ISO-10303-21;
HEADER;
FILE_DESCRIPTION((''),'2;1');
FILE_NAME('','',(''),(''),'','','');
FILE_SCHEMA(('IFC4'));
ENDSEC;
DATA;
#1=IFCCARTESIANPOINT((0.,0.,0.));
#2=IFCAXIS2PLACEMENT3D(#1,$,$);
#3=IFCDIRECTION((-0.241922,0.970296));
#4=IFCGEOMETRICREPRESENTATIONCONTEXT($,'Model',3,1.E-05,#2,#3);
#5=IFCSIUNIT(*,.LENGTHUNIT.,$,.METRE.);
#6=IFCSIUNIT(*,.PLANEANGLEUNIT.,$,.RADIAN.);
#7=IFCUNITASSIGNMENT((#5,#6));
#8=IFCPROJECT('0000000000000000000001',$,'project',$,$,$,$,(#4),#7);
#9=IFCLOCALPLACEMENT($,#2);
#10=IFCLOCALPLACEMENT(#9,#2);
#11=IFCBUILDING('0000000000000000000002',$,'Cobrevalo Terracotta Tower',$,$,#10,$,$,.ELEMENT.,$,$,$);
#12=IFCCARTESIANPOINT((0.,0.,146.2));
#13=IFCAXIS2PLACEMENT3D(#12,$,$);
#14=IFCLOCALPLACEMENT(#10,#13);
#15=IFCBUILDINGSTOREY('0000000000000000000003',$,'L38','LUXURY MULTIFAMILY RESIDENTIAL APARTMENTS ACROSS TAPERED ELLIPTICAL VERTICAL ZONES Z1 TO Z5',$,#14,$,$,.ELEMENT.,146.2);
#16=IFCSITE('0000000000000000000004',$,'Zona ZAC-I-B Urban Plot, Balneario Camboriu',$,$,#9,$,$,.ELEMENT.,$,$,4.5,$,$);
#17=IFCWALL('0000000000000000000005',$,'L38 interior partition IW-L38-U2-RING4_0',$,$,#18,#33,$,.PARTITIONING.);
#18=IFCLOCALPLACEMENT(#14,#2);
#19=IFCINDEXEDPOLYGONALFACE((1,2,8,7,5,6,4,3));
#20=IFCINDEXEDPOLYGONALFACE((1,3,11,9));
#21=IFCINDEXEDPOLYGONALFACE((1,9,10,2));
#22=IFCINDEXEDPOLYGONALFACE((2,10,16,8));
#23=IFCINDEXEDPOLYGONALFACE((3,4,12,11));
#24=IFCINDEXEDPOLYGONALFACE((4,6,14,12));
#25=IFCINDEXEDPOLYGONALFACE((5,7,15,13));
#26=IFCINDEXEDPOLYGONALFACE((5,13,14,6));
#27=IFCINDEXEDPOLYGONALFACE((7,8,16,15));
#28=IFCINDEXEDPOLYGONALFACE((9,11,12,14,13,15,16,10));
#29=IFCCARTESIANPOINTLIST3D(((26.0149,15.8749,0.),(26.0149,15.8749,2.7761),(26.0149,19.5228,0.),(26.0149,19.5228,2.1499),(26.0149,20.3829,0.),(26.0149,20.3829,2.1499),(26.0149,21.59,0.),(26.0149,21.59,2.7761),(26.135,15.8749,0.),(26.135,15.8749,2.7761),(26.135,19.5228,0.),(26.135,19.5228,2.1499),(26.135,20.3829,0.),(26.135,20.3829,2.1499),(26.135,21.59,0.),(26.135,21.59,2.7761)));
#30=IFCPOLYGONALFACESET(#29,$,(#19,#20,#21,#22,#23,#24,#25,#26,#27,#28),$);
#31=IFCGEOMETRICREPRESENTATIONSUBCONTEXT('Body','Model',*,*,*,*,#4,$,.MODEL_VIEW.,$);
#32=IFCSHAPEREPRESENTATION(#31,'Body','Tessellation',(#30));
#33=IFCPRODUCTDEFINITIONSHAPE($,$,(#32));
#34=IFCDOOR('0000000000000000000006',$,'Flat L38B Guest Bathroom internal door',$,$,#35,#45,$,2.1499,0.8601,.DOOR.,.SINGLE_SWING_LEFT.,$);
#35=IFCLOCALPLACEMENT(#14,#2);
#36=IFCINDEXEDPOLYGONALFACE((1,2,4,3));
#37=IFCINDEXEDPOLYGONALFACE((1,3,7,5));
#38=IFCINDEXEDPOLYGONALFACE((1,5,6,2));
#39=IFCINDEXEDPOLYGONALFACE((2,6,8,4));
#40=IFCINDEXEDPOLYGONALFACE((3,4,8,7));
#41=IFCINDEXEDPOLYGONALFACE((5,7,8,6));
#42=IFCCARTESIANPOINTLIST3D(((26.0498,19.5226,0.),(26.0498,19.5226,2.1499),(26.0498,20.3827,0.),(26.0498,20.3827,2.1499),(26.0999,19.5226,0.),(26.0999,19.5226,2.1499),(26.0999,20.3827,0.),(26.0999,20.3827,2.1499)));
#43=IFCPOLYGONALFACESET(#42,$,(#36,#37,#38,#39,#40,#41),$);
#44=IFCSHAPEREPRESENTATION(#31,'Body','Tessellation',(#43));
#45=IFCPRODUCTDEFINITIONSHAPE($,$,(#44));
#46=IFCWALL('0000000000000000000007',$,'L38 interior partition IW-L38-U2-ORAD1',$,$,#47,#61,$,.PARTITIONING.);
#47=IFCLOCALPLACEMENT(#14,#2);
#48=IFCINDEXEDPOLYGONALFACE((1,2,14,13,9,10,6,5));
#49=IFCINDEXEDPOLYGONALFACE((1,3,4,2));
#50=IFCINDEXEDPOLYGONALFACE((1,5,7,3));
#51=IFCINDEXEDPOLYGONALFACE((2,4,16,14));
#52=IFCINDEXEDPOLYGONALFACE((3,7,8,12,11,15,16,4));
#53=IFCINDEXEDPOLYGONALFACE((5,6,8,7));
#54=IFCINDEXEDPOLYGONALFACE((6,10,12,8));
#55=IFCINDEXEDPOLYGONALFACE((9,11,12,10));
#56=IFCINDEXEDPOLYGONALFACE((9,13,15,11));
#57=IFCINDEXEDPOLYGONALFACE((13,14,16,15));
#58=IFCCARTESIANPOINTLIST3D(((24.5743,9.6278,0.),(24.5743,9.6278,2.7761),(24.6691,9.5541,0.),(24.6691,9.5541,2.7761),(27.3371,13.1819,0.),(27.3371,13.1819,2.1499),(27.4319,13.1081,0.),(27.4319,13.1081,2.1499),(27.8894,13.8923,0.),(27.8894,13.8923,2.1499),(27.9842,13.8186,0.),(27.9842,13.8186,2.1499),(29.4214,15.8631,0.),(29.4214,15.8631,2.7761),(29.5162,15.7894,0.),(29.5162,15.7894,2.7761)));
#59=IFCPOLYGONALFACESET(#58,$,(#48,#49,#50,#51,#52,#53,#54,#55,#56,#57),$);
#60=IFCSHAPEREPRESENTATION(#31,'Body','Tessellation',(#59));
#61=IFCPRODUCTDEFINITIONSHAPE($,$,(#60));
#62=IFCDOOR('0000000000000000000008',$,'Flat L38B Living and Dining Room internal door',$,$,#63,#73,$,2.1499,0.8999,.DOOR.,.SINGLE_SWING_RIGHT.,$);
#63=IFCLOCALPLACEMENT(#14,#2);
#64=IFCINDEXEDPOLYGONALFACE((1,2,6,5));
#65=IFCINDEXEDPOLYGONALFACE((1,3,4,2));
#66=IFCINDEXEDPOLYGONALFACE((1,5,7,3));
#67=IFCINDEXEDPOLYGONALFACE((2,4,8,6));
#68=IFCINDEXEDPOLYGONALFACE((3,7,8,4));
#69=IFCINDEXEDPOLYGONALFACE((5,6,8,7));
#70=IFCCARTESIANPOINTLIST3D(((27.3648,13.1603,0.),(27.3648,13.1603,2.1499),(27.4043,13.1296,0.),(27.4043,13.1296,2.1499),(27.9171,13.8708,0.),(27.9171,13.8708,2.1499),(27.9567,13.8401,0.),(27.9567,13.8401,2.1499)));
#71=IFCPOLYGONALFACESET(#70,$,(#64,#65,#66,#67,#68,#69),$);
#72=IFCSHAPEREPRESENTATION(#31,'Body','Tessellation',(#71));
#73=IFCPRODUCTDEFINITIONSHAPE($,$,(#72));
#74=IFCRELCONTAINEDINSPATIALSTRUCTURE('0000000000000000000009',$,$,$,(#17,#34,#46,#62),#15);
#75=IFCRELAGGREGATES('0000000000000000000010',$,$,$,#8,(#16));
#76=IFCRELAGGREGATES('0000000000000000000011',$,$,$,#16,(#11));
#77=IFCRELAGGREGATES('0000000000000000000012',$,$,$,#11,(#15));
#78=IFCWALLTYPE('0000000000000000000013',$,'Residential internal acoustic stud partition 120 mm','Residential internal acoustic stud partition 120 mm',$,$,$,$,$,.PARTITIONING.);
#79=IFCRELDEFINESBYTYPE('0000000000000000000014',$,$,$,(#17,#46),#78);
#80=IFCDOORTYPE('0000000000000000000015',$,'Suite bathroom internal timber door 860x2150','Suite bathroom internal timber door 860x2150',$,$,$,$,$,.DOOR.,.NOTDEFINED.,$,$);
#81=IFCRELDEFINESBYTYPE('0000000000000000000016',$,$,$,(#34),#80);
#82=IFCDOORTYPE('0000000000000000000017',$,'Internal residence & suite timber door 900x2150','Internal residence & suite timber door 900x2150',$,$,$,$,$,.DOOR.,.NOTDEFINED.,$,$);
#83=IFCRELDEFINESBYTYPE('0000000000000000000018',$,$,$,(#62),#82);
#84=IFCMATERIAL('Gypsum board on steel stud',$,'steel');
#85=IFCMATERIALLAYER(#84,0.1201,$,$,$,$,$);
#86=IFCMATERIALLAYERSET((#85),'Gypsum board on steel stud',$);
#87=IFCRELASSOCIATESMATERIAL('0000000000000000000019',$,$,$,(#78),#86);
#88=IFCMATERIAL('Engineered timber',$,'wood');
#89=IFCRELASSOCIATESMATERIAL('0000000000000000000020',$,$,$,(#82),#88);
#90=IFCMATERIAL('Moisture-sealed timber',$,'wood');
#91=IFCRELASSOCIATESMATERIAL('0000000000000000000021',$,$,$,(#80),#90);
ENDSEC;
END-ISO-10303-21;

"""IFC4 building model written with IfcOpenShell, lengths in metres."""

from ifc_helpers import new_model, si_unit, direction, frame, frame_2d, origin, place, context, subcontext, project, spatial, rectangle, extrude, source, transform, mapped, material, layer, layer_set, type_object, element, fill, save


model = new_model("IFC4")

# Units and contexts
model_context = context("Model", 3, precision=1e-05, world=origin(), true_north=direction((-0.241922, 0.970296)))
body_context = subcontext(model_context, "Body", "Model", "MODEL_VIEW")
ifc_project = project(units=[si_unit("LENGTHUNIT", "METRE"), si_unit("PLANEANGLEUNIT", "RADIAN")], contexts=[model_context])

# Site, building, storey
site_placement = place(None, origin())
site = spatial("IfcSite", under=ifc_project, at=site_placement, Name="Zona ZAC-I-B Urban Plot, Balneario Camboriu", CompositionType="ELEMENT", RefElevation=4.5)
building_placement = place(site_placement, origin())
building = spatial("IfcBuilding", under=site, at=building_placement, Name="Cobrevalo Terracotta Tower", CompositionType="ELEMENT")
storey_placement = place(building_placement, frame((0.0, 0.0, 146.2)))
storey = spatial("IfcBuildingStorey", under=building, at=storey_placement, Name="L38", Description="LUXURY MULTIFAMILY RESIDENTIAL APARTMENTS ACROSS TAPERED ELLIPTICAL VERTICAL ZONES Z1 TO Z5", CompositionType="ELEMENT", Elevation=146.2)

# Shared definitions
ifc_material_1 = material(Name="Gypsum board on steel stud", Category="steel")
ifc_layer_1 = layer(ifc_material_1, 0.1201)
ifc_layer_set_1 = layer_set([ifc_layer_1], Name="Gypsum board on steel stud")
wall_type_1 = type_object("IfcWallType", Name="Residential internal acoustic stud partition 120 mm", Description="Residential internal acoustic stud partition 120 mm", PredefinedType="PARTITIONING", material=ifc_layer_set_1)

# Walls, openings, doors
ifc_material_2 = material(Name="Engineered timber", Category="wood")
door_type_1 = type_object("IfcDoorType", Name="Internal residence & suite timber door 900x2150", Description="Internal residence & suite timber door 900x2150", OperationType="NOTDEFINED", PredefinedType="DOOR", material=ifc_material_2)
shared_shape_1 = source(origin(), body_context, "Body", "SweptSolid", [
    extrude(rectangle(XDim=0.8999, YDim=2.1499, at=frame_2d((0.45, 1.075))), frame((0.0, 0.0249, 0.0), z_axis=(0.0, -1.0, 0.0), x_axis=(1.0, 0.0, 0.0)), (0.0, 0.0, 1.0), 0.05),
])
wall_1_placement = place(storey_placement, frame((26.075, 15.875, 0.0), z_axis=(0.0, 0.0, 1.0), x_axis=(0.0, 1.0, 0.0)))
wall_1 = element("IfcWall", 1, at=wall_1_placement, inside=storey, type_object=wall_type_1, Name="L38 interior partition IW-L38-U2-RING4_0", PredefinedType="PARTITIONING", context=body_context, shape_type="SweptSolid", body=[
    extrude(rectangle(XDim=5.7151, YDim=0.1201, at=frame_2d((2.8574, 0.0))), origin(), (0.0, 0.0, 1.0), 2.7761),
])
opening_1_placement = place(wall_1_placement, frame((3.6477, 0.0, 0.0)))
opening_1 = element("IfcOpeningElement", 2, at=opening_1_placement, cuts=wall_1, PredefinedType="OPENING", context=body_context, shape_type="SweptSolid", body=[
    extrude(rectangle(XDim=0.8601, YDim=2.1499, at=frame_2d((0.4302, 1.075))), frame((0.0, 0.0701, 0.0), z_axis=(0.0, -1.0, 0.0), x_axis=(1.0, 0.0, 0.0)), (0.0, 0.0, 1.0), 0.1401),
])
ifc_material_3 = material(Name="Moisture-sealed timber", Category="wood")
door_type_2 = type_object("IfcDoorType", Name="Suite bathroom internal timber door 860x2150", Description="Suite bathroom internal timber door 860x2150", OperationType="NOTDEFINED", PredefinedType="DOOR", material=ifc_material_3)
shared_shape_2 = source(origin(), body_context, "Body", "SweptSolid", [
    extrude(rectangle(XDim=0.8601, YDim=2.1499, at=frame_2d((0.4302, 1.075))), frame((0.0, 0.0249, 0.0), z_axis=(0.0, -1.0, 0.0), x_axis=(1.0, 0.0, 0.0)), (0.0, 0.0, 1.0), 0.05),
])
door_1_placement = place(opening_1_placement, frame((0.8601, 0.0, 0.0), z_axis=(0.0, 0.0, 1.0), x_axis=(-1.0, 0.0, 0.0)))
door_1 = element("IfcDoor", 3, at=door_1_placement, inside=storey, type_object=door_type_2, Name="Flat L38B Guest Bathroom internal door", OperationType="SINGLE_SWING_LEFT", OverallHeight=2.1499, OverallWidth=0.8601, PredefinedType="DOOR", context=body_context, shape_type="MappedRepresentation", body=[
    mapped(shared_shape_2, transform((0.0, 0.0, 0.0), scale=1.0)),
])
fill(opening_1, door_1)
wall_2_placement = place(storey_placement, frame((29.4688, 15.8262, 0.0), z_axis=(0.0, 0.0, 1.0), x_axis=(-0.613739, -0.789509, 0.0)))
wall_2 = element("IfcWall", 4, at=wall_2_placement, inside=storey, type_object=wall_type_1, Name="L38 interior partition IW-L38-U2-ORAD1", PredefinedType="PARTITIONING", context=body_context, shape_type="SweptSolid", body=[
    extrude(rectangle(XDim=7.8977, YDim=0.1201, at=frame_2d((3.9487, 0.0))), origin(), (0.0, 0.0, 1.0), 2.7761),
])
opening_2_placement = place(wall_2_placement, frame((2.4961, 0.0, 0.0)))
opening_2 = element("IfcOpeningElement", 5, at=opening_2_placement, cuts=wall_2, PredefinedType="OPENING", context=body_context, shape_type="SweptSolid", body=[
    extrude(rectangle(XDim=0.8999, YDim=2.1499, at=frame_2d((0.45, 1.075))), frame((0.0, 0.0701, 0.0), z_axis=(0.0, -1.0, 0.0), x_axis=(1.0, 0.0, 0.0)), (0.0, 0.0, 1.0), 0.1401),
])
door_2_placement = place(opening_2_placement, frame((0.8999, 0.0, 0.0), z_axis=(0.0, 0.0, 1.0), x_axis=(-1.0, 0.0, 0.0)))
door_2 = element("IfcDoor", 6, at=door_2_placement, inside=storey, type_object=door_type_1, Name="Flat L38B Living and Dining Room internal door", OperationType="SINGLE_SWING_RIGHT", OverallHeight=2.1499, OverallWidth=0.8999, PredefinedType="DOOR", context=body_context, shape_type="MappedRepresentation", body=[
    mapped(shared_shape_1, transform((0.0, 0.0, 0.0), scale=1.0)),
])
fill(opening_2, door_2)

save(model, "model.ifc")
